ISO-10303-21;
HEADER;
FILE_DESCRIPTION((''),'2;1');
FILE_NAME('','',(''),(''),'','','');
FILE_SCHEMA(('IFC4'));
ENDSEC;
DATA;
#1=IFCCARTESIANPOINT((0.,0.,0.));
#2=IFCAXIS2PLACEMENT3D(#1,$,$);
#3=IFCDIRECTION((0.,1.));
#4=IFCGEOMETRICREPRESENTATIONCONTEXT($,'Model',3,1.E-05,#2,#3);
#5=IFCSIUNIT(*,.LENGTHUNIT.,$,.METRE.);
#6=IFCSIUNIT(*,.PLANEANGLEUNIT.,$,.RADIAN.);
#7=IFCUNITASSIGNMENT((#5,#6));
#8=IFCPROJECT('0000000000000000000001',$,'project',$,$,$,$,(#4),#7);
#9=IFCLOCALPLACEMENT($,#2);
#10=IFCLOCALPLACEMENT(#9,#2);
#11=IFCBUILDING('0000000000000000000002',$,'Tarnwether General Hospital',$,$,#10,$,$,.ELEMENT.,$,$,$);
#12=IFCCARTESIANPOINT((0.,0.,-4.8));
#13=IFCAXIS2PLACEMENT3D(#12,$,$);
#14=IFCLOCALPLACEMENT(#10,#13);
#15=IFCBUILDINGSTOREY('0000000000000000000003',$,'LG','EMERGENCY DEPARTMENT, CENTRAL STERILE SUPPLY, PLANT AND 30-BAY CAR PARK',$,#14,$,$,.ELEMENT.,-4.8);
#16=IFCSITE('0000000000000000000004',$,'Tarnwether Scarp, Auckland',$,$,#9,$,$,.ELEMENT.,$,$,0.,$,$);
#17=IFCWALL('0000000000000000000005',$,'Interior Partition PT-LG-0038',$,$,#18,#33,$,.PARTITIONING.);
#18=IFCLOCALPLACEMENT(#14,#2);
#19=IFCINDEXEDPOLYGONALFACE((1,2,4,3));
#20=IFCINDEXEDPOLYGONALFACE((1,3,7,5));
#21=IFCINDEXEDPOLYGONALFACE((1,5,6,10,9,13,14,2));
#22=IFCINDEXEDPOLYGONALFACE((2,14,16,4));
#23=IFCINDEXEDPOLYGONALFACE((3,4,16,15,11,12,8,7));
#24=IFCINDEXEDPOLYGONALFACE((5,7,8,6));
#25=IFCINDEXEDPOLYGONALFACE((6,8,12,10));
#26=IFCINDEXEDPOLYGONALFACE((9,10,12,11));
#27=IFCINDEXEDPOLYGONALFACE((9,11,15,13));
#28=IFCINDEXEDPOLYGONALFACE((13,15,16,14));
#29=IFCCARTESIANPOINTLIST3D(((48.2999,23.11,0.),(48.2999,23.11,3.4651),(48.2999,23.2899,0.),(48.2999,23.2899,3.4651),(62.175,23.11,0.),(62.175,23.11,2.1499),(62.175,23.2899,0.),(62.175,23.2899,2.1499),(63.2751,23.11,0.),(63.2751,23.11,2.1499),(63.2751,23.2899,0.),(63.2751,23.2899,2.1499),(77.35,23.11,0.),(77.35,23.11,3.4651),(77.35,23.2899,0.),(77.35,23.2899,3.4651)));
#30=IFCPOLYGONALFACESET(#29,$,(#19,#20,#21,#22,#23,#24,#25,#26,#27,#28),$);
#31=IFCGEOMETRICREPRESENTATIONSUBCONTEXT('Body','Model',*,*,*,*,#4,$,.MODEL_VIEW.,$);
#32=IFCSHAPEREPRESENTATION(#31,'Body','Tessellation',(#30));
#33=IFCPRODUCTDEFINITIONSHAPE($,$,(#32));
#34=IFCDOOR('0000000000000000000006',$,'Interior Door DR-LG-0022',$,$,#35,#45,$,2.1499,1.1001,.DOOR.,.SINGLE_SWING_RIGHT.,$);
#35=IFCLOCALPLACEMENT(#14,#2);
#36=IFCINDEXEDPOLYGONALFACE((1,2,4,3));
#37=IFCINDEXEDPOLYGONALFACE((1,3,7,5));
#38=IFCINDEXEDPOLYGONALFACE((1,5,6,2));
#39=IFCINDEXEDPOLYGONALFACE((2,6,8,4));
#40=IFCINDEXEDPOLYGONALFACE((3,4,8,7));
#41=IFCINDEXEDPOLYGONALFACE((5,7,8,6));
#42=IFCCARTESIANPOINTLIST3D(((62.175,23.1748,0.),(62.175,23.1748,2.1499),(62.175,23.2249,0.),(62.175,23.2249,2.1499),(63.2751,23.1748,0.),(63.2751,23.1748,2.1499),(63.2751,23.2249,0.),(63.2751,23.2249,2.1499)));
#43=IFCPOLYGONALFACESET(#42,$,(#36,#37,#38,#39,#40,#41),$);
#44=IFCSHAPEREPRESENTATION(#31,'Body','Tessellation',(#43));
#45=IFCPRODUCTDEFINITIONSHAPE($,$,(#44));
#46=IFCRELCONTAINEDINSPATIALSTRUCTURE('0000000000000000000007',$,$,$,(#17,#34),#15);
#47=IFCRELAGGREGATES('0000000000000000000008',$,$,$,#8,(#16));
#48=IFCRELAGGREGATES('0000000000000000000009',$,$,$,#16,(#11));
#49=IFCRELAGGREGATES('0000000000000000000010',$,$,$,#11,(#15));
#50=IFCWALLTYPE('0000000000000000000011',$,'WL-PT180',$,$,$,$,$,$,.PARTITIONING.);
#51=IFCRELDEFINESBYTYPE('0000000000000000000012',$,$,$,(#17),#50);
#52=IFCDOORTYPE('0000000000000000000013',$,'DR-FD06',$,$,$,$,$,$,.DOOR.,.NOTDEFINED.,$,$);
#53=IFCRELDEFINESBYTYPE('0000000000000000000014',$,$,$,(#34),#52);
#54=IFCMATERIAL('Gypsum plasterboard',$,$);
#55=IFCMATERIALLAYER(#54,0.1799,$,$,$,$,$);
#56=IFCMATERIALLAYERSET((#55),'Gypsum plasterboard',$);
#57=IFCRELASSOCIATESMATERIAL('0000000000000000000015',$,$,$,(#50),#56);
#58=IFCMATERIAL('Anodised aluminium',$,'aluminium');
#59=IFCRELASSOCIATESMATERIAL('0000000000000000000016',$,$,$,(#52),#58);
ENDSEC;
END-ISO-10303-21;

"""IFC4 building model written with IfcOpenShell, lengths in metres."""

from ifc_helpers import new_model, si_unit, direction, frame, frame_2d, origin, place, context, subcontext, project, spatial, rectangle, extrude, material, layer, layer_set, type_object, element, fill, save


model = new_model("IFC4")

# Units and contexts
model_context = context("Model", 3, precision=1e-05, world=origin(), true_north=direction((0.0, 1.0)))
body_context = subcontext(model_context, "Body", "Model", "MODEL_VIEW")
ifc_project = project(units=[si_unit("LENGTHUNIT", "METRE"), si_unit("PLANEANGLEUNIT", "RADIAN")], contexts=[model_context])

# Site, building, storey
site_placement = place(None, origin())
site = spatial("IfcSite", under=ifc_project, at=site_placement, Name="Tarnwether Scarp, Auckland", CompositionType="ELEMENT", RefElevation=0.0)
building_placement = place(site_placement, origin())
building = spatial("IfcBuilding", under=site, at=building_placement, Name="Tarnwether General Hospital", CompositionType="ELEMENT")
storey_placement = place(building_placement, frame((0.0, 0.0, -4.8)))
storey = spatial("IfcBuildingStorey", under=building, at=storey_placement, Name="LG", Description="EMERGENCY DEPARTMENT, CENTRAL STERILE SUPPLY, PLANT AND 30-BAY CAR PARK", CompositionType="ELEMENT", Elevation=-4.8)

# Wall, opening, door
ifc_material_1 = material(Name="Gypsum plasterboard")
ifc_layer = layer(ifc_material_1, 0.1799)
ifc_layer_set = layer_set([ifc_layer], Name="Gypsum plasterboard")
wall_type = type_object("IfcWallType", Name="WL-PT180", PredefinedType="PARTITIONING", material=ifc_layer_set)
wall_1_placement = place(storey_placement, frame((48.3, 23.2, 0.0), z_axis=(0.0, 0.0, 1.0), x_axis=(1.0, 0.0, 0.0)))
wall_1 = element("IfcWall", 1, at=wall_1_placement, inside=storey, type_object=wall_type, Name="Interior Partition PT-LG-0038", PredefinedType="PARTITIONING", context=body_context, shape_type="SweptSolid", body=[
    extrude(rectangle(XDim=29.05, YDim=0.1799, at=frame_2d((14.5249, 0.0))), origin(), (0.0, 0.0, 1.0), 3.4651),
])
opening_1_placement = place(wall_1_placement, frame((13.875, 0.0, 0.0)))
opening_1 = element("IfcOpeningElement", 2, at=opening_1_placement, cuts=wall_1, PredefinedType="OPENING", context=body_context, shape_type="SweptSolid", body=[
    extrude(rectangle(XDim=1.1001, YDim=2.1499, at=frame_2d((0.55, 1.075))), frame((0.0, 0.1001, 0.0), z_axis=(0.0, -1.0, 0.0), x_axis=(1.0, 0.0, 0.0)), (0.0, 0.0, 1.0), 0.2),
])
ifc_material_2 = material(Name="Anodised aluminium", Category="aluminium")
door_type_1 = type_object("IfcDoorType", Name="DR-FD06", OperationType="NOTDEFINED", PredefinedType="DOOR", material=ifc_material_2)
door_1_placement = place(opening_1_placement, origin())
door_1 = element("IfcDoor", 3, at=door_1_placement, inside=storey, type_object=door_type_1, Name="Interior Door DR-LG-0022", OperationType="SINGLE_SWING_RIGHT", OverallHeight=2.1499, OverallWidth=1.1001, PredefinedType="DOOR", context=body_context, shape_type="SweptSolid", body=[
    extrude(rectangle(XDim=1.1001, YDim=2.1499, at=frame_2d((0.55, 1.075))), frame((0.0, 0.0249, 0.0), z_axis=(0.0, -1.0, 0.0), x_axis=(1.0, 0.0, 0.0)), (0.0, 0.0, 1.0), 0.05),
])
fill(opening_1, door_1)

save(model, "model.ifc")
